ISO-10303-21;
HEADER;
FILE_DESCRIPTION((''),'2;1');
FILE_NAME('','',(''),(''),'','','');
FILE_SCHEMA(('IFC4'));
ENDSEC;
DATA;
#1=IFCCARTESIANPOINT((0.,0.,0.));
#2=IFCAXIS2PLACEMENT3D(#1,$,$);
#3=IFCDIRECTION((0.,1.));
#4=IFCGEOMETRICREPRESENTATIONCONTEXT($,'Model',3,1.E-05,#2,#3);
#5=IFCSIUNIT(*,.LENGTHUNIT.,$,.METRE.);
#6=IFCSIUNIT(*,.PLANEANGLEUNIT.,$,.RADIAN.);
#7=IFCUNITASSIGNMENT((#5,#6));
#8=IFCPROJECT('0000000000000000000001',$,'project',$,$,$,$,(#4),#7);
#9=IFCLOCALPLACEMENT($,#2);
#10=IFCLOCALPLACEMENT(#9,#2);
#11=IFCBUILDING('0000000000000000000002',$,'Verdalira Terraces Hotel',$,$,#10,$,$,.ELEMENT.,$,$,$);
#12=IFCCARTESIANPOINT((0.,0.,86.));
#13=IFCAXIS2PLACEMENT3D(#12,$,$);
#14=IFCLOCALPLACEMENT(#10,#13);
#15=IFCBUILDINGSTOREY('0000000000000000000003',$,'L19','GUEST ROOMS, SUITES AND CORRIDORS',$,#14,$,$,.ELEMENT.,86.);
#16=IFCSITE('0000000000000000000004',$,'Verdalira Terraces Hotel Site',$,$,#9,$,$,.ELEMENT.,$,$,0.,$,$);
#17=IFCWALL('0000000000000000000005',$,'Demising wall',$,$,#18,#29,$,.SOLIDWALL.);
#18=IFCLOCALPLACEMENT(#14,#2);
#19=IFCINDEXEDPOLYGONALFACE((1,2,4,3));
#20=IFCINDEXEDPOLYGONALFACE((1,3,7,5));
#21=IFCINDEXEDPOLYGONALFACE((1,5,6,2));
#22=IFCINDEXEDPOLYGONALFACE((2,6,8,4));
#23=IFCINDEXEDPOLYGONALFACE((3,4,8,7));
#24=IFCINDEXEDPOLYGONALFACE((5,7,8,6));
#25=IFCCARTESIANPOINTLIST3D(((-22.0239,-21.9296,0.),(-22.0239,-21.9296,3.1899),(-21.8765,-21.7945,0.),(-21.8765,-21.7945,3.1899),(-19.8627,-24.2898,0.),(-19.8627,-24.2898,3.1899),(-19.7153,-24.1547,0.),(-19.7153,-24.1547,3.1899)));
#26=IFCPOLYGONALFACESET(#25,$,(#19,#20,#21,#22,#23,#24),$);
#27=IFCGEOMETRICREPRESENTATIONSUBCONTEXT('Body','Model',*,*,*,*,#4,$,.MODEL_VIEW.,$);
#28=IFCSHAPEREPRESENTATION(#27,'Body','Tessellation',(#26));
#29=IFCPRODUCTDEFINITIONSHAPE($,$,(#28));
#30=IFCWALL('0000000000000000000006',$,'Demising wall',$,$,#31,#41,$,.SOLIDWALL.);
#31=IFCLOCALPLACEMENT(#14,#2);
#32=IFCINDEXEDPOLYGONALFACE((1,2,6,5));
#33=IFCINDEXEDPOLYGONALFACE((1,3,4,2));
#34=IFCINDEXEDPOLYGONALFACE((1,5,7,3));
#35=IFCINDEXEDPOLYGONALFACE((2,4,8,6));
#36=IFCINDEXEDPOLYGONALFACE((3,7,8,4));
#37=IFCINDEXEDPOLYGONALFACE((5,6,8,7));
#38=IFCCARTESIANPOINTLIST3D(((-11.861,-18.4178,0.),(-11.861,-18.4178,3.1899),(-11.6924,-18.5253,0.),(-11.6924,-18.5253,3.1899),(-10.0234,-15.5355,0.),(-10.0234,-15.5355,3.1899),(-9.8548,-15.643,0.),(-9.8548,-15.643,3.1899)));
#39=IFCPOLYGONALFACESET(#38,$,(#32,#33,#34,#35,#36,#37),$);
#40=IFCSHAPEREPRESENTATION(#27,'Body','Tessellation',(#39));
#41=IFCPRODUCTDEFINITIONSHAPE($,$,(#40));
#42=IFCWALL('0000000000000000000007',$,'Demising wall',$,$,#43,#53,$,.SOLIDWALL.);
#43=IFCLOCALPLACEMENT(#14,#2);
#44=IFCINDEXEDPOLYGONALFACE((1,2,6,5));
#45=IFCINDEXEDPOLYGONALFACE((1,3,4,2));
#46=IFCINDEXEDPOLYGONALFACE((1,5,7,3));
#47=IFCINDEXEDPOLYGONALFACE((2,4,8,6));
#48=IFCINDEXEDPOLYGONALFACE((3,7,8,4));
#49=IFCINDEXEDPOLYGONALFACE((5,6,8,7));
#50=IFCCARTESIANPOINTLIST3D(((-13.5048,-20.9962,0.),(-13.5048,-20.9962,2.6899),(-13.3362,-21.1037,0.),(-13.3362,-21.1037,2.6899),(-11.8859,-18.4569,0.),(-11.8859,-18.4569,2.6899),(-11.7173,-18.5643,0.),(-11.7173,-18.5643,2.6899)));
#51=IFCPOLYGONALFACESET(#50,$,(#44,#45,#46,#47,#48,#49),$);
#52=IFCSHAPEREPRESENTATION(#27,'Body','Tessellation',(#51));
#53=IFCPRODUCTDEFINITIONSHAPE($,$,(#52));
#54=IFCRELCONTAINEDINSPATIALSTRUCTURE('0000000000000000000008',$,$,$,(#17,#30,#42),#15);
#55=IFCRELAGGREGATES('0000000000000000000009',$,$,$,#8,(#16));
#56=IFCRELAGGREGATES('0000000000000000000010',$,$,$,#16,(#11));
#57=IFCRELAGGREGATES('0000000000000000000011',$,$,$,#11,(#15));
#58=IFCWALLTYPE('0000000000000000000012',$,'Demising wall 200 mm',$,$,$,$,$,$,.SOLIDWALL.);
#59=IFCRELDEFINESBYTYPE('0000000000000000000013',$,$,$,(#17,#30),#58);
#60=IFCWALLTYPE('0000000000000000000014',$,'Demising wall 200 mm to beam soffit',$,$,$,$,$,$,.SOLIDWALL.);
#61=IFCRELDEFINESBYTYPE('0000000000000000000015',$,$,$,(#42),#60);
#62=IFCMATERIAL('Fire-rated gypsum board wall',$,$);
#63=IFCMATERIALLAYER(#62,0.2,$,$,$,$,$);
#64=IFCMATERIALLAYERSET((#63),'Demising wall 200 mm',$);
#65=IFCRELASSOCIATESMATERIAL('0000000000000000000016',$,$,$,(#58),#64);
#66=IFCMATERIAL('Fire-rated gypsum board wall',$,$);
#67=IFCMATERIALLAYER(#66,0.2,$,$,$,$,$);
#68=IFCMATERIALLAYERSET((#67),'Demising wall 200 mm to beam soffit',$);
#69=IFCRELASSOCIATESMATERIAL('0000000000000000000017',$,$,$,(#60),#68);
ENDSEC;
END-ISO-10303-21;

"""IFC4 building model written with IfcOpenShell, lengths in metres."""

from ifc_helpers import new_model, si_unit, direction, frame, frame_2d, origin, place, context, subcontext, project, spatial, rectangle, extrude, material, layer, layer_set, type_object, element, save


model = new_model("IFC4")

# Units and contexts
model_context = context("Model", 3, precision=1e-05, world=origin(), true_north=direction((0.0, 1.0)))
body_context = subcontext(model_context, "Body", "Model", "MODEL_VIEW")
ifc_project = project(units=[si_unit("LENGTHUNIT", "METRE"), si_unit("PLANEANGLEUNIT", "RADIAN")], contexts=[model_context])

# Site, building, storey
site_placement = place(None, origin())
site = spatial("IfcSite", under=ifc_project, at=site_placement, Name="Verdalira Terraces Hotel Site", CompositionType="ELEMENT", RefElevation=0.0)
building_placement = place(site_placement, origin())
building = spatial("IfcBuilding", under=site, at=building_placement, Name="Verdalira Terraces Hotel", CompositionType="ELEMENT")
storey_placement = place(building_placement, frame((0.0, 0.0, 86.0)))
storey = spatial("IfcBuildingStorey", under=building, at=storey_placement, Name="L19", Description="GUEST ROOMS, SUITES AND CORRIDORS", CompositionType="ELEMENT", Elevation=86.0)

# Walls
ifc_material_1 = material(Name="Fire-rated gypsum board wall")
ifc_layer_1 = layer(ifc_material_1, 0.2)
ifc_layer_set_1 = layer_set([ifc_layer_1], Name="Demising wall 200 mm")
wall_type_1 = type_object("IfcWallType", Name="Demising wall 200 mm", PredefinedType="SOLIDWALL", material=ifc_layer_set_1)
wall_1_placement = place(storey_placement, frame((-21.9502, -21.8621, 0.0), z_axis=(0.0, 0.0, 1.0), x_axis=(0.675334, -0.737512, 0.0)))
element("IfcWall", 1, at=wall_1_placement, inside=storey, type_object=wall_type_1, Name="Demising wall", PredefinedType="SOLIDWALL", context=body_context, shape_type="SweptSolid", body=[
    extrude(rectangle(XDim=3.2002, YDim=0.2, at=frame_2d((1.6001, 0.0))), origin(), (0.0, 0.0, 1.0), 3.1899),
])
wall_2_placement = place(storey_placement, frame((-9.9392, -15.5894, 0.0), z_axis=(0.0, 0.0, 1.0), x_axis=(-0.537592, -0.843205, 0.0)))
element("IfcWall", 2, at=wall_2_placement, inside=storey, type_object=wall_type_1, Name="Demising wall", PredefinedType="SOLIDWALL", context=body_context, shape_type="SweptSolid", body=[
    extrude(rectangle(XDim=3.4182, YDim=0.2, at=frame_2d((1.709, 0.0))), origin(), (0.0, 0.0, 1.0), 3.1899),
])
ifc_material_2 = material(Name="Fire-rated gypsum board wall")
ifc_layer_2 = layer(ifc_material_2, 0.2)
ifc_layer_set_2 = layer_set([ifc_layer_2], Name="Demising wall 200 mm to beam soffit")
wall_type_2 = type_object("IfcWallType", Name="Demising wall 200 mm to beam soffit", PredefinedType="SOLIDWALL", material=ifc_layer_set_2)
wall_3_placement = place(storey_placement, frame((-11.8015, -18.5105, 0.0), z_axis=(0.0, 0.0, 1.0), x_axis=(-0.537578, -0.843214, 0.0)))
element("IfcWall", 3, at=wall_3_placement, inside=storey, type_object=wall_type_2, Name="Demising wall", PredefinedType="SOLIDWALL", context=body_context, shape_type="SweptSolid", body=[
    extrude(rectangle(XDim=3.0115, YDim=0.2, at=frame_2d((1.5059, 0.0))), origin(), (0.0, 0.0, 1.0), 2.6899),
])

save(model, "model.ifc")
